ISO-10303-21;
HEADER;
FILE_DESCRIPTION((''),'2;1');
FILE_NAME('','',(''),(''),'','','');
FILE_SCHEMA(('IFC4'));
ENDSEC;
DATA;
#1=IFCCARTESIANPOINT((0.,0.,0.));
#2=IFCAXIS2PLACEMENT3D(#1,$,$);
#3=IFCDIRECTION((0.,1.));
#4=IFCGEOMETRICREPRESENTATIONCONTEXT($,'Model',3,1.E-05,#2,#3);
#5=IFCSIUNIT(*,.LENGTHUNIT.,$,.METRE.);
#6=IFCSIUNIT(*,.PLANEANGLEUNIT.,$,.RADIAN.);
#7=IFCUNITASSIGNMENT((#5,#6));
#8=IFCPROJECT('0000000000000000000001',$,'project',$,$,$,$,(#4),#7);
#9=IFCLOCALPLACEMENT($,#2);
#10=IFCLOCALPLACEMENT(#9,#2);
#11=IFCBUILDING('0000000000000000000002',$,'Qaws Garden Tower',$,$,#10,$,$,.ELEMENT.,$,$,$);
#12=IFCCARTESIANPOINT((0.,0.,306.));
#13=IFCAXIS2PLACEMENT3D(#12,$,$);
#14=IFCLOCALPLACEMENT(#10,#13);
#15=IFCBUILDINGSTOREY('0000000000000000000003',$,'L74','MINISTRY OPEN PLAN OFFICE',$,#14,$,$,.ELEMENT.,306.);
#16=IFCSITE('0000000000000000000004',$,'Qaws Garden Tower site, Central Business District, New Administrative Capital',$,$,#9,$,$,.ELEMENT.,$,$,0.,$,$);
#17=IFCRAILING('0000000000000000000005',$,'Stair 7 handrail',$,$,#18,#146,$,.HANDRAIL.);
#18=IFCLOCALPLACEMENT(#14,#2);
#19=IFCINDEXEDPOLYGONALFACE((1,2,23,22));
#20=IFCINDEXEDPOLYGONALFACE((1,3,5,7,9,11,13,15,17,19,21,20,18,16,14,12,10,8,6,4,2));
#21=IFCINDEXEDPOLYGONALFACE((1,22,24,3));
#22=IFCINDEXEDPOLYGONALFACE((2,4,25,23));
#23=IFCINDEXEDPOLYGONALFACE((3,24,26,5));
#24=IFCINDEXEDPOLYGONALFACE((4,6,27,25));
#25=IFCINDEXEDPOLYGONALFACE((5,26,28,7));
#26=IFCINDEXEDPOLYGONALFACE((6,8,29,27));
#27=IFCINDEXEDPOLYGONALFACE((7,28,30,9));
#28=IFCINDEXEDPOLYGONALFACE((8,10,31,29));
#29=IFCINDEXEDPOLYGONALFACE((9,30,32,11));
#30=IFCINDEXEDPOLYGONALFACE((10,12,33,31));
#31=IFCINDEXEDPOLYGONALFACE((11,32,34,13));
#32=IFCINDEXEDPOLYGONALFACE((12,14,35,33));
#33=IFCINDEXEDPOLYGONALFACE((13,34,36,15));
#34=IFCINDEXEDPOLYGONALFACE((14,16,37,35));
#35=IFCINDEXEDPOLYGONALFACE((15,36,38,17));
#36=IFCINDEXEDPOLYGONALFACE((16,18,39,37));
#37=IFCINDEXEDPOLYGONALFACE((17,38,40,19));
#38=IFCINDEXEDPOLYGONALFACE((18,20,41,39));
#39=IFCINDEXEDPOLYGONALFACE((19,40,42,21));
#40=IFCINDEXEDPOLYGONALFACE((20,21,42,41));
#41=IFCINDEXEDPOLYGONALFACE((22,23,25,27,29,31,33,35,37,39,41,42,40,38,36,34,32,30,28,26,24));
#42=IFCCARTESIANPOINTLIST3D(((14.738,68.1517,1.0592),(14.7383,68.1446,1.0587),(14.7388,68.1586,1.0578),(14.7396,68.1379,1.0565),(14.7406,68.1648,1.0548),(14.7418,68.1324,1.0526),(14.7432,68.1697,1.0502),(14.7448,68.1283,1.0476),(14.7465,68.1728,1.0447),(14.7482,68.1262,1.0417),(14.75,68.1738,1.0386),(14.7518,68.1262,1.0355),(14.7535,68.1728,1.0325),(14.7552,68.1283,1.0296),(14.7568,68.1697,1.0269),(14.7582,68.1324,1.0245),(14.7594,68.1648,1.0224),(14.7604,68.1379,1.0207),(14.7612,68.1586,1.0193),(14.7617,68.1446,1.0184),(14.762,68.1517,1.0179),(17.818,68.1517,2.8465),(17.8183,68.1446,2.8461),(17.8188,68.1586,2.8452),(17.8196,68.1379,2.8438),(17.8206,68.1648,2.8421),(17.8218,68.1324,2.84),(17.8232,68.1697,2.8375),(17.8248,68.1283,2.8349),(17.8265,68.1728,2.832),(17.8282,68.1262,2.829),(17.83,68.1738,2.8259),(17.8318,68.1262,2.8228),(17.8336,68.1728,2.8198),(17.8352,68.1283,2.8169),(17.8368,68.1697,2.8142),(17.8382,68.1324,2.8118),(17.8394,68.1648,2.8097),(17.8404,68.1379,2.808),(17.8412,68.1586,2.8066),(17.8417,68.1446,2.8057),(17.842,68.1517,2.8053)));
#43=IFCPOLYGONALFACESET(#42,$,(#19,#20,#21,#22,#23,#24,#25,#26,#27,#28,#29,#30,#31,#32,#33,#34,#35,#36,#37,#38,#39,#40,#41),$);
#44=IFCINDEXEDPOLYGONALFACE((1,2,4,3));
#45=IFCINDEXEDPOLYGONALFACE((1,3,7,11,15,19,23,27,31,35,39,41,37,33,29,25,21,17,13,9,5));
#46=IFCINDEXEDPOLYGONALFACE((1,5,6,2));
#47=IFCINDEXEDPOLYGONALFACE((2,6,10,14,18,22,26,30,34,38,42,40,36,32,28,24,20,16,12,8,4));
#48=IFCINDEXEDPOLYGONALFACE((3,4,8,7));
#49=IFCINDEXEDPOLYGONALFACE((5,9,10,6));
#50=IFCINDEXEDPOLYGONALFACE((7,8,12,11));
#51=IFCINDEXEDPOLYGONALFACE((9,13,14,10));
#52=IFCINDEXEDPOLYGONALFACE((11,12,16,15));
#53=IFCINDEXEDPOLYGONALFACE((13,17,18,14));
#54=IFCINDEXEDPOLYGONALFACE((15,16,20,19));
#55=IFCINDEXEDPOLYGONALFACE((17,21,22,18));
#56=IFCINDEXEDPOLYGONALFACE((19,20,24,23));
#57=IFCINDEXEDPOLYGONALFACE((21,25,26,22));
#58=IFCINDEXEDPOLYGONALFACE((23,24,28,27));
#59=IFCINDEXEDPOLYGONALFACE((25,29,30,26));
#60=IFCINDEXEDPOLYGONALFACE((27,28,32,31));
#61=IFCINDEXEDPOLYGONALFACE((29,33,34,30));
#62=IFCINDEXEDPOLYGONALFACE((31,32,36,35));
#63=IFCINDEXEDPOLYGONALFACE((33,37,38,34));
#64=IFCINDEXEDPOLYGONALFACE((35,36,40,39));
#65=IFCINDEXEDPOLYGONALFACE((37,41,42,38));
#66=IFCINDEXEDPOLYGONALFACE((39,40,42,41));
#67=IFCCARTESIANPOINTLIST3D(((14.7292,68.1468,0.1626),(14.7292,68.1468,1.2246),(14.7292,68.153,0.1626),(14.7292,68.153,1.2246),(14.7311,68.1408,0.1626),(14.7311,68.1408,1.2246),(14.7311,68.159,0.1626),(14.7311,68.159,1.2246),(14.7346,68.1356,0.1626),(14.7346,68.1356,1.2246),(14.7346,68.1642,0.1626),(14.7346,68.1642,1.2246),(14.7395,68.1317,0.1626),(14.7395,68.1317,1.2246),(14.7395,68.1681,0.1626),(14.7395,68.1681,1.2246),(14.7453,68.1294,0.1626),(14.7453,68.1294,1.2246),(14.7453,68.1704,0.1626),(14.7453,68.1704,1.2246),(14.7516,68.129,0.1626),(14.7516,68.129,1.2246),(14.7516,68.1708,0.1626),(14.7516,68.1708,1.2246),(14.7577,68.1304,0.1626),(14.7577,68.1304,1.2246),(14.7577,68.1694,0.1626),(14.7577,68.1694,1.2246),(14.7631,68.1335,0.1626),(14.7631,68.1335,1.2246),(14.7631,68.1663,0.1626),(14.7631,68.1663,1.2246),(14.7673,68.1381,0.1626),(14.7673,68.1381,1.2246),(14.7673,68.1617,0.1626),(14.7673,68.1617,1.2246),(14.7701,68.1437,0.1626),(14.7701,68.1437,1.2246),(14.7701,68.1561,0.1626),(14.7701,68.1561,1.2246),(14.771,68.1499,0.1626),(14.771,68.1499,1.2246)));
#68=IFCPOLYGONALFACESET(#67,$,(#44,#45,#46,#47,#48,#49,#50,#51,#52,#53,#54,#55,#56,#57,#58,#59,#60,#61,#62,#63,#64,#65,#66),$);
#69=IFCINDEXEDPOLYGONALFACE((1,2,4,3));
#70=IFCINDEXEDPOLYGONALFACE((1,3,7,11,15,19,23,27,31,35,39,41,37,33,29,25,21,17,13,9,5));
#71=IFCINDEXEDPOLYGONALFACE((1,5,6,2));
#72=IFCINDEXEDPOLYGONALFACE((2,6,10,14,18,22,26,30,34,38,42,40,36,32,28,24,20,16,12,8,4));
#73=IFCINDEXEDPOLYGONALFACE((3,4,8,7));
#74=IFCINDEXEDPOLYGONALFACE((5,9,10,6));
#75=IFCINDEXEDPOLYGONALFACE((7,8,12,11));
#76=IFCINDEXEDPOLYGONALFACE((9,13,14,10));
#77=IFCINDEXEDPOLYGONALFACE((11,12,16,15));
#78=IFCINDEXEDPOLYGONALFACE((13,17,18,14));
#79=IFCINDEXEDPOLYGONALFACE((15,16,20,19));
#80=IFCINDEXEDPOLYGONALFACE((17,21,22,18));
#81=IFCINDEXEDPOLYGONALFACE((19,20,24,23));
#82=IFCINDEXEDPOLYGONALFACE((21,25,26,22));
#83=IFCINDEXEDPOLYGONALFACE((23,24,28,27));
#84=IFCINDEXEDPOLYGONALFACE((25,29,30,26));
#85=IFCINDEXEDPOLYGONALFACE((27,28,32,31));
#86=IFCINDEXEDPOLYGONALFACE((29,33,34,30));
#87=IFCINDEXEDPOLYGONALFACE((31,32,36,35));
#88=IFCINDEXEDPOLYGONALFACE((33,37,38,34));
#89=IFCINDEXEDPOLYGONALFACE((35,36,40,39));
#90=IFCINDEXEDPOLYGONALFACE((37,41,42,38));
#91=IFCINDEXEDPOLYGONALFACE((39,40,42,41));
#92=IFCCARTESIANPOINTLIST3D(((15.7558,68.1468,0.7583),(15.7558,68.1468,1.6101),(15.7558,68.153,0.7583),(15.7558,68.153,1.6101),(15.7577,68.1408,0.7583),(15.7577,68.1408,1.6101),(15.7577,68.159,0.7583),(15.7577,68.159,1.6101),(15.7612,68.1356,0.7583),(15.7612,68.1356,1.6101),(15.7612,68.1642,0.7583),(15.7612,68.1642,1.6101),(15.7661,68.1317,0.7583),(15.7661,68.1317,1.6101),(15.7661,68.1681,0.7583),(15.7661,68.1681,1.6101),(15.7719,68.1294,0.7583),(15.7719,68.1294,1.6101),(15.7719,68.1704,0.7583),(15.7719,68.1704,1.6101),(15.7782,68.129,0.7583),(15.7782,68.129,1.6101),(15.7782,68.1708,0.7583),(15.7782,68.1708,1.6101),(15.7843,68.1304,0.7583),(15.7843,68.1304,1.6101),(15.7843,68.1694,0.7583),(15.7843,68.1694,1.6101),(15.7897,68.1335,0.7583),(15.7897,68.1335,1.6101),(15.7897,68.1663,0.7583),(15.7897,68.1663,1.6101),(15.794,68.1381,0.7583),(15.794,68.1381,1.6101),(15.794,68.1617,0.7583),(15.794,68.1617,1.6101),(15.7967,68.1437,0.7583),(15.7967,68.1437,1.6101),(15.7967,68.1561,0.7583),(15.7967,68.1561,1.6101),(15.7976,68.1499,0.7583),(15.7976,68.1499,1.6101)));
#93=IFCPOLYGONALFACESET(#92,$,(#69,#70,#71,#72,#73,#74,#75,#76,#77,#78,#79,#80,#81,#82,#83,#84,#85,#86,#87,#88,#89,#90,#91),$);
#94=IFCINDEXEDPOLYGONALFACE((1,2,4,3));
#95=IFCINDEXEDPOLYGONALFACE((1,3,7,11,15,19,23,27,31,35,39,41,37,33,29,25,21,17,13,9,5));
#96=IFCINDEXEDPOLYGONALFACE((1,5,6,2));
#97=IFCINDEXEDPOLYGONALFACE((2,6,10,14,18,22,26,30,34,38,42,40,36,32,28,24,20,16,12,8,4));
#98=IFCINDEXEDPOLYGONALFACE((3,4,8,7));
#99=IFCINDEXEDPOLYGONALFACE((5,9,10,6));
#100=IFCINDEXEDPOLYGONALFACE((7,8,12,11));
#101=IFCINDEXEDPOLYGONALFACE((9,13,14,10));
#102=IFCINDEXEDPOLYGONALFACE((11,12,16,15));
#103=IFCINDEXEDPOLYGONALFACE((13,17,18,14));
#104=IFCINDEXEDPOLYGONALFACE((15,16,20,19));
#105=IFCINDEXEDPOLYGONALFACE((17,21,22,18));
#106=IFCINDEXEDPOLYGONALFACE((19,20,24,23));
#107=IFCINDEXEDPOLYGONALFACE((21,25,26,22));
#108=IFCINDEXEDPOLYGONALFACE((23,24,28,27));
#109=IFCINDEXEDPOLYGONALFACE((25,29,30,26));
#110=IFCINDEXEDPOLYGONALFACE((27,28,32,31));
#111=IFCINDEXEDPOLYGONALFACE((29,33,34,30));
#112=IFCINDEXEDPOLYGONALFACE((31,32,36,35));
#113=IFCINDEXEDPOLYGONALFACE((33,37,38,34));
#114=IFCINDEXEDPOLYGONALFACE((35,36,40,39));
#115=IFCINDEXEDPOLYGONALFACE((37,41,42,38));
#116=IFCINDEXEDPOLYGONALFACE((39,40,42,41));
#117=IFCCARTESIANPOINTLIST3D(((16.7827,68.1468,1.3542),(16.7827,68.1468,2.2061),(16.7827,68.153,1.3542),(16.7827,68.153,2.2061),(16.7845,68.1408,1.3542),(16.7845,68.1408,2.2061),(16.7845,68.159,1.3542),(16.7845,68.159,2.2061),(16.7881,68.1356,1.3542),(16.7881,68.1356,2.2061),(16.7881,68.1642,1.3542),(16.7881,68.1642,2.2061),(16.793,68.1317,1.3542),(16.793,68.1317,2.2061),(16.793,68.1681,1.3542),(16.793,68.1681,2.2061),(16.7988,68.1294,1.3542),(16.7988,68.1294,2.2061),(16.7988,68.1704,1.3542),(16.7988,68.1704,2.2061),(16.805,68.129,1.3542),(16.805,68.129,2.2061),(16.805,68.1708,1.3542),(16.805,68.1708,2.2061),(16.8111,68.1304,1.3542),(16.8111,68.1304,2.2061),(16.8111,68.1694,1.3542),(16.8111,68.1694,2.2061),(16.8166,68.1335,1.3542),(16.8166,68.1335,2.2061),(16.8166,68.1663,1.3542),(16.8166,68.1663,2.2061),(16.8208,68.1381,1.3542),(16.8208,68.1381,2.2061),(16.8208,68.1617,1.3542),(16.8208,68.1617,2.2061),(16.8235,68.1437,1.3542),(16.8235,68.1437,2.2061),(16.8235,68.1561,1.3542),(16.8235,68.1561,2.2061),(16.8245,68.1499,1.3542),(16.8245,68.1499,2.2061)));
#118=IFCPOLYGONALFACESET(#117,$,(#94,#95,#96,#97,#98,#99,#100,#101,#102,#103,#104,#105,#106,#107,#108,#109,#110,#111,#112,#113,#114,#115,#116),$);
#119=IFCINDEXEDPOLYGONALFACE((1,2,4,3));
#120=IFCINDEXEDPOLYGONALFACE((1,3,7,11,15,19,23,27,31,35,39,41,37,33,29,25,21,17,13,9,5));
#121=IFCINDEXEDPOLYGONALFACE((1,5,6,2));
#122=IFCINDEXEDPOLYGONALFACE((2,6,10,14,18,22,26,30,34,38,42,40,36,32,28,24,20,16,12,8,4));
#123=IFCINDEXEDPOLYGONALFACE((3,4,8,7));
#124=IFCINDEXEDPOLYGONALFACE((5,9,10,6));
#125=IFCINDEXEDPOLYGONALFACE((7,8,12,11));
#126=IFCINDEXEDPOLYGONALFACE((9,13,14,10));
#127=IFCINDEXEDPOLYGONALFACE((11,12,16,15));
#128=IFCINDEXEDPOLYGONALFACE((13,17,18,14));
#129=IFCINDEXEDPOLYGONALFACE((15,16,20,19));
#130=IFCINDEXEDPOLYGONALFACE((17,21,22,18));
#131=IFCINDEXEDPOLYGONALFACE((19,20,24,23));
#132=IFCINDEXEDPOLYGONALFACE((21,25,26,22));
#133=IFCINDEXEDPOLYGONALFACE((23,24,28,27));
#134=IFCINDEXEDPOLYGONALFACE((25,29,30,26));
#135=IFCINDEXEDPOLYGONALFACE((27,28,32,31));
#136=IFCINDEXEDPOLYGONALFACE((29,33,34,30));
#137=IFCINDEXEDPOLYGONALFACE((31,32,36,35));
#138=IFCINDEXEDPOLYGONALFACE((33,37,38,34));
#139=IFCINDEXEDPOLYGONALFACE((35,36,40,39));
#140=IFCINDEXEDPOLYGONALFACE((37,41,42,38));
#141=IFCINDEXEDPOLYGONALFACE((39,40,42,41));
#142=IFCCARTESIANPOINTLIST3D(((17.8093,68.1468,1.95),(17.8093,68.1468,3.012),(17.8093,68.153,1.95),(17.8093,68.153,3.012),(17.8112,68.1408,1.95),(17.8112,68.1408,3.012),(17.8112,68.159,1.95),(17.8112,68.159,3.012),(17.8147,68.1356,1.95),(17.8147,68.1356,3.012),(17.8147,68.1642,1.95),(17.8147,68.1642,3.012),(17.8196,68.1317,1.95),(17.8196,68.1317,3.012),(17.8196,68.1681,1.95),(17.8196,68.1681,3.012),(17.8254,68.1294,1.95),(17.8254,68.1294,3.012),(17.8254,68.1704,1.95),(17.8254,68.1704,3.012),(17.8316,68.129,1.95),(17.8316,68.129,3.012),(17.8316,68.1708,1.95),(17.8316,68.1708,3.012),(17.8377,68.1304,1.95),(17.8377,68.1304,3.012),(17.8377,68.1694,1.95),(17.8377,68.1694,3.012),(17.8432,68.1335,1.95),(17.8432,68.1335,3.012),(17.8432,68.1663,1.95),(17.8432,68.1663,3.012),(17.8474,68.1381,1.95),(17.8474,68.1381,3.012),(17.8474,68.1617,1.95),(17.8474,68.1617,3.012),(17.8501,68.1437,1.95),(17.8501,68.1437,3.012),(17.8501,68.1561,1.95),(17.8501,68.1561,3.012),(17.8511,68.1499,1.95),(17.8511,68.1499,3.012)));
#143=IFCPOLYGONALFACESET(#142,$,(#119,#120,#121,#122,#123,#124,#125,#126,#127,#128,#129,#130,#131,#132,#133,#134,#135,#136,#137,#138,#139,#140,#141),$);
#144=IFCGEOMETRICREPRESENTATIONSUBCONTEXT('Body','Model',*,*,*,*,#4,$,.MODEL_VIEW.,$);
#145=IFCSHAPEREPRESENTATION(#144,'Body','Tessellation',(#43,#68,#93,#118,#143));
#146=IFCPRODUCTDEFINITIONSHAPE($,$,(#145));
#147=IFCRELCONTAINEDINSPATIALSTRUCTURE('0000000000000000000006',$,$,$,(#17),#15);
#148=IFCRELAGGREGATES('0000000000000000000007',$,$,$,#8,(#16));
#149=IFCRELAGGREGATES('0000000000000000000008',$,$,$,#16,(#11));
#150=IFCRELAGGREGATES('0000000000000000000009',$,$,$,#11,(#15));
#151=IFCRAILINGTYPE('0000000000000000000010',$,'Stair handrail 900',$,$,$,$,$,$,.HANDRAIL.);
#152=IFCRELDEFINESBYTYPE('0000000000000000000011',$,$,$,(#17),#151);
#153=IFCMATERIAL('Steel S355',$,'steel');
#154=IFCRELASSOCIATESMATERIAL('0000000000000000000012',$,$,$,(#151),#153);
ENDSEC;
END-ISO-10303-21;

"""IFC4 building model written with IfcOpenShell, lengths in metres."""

from ifc_helpers import new_model, si_unit, direction, frame, origin, origin_2d, place, context, subcontext, project, spatial, circle, extrude, material, type_object, element, save


model = new_model("IFC4")

# Units and contexts
model_context = context("Model", 3, precision=1e-05, world=origin(), true_north=direction((0.0, 1.0)))
body_context = subcontext(model_context, "Body", "Model", "MODEL_VIEW")
ifc_project = project(units=[si_unit("LENGTHUNIT", "METRE"), si_unit("PLANEANGLEUNIT", "RADIAN")], contexts=[model_context])

# Site, building, storey
site_placement = place(None, origin())
site = spatial("IfcSite", under=ifc_project, at=site_placement, Name="Qaws Garden Tower site, Central Business District, New Administrative Capital", CompositionType="ELEMENT", RefElevation=0.0)
building_placement = place(site_placement, origin())
building = spatial("IfcBuilding", under=site, at=building_placement, Name="Qaws Garden Tower", CompositionType="ELEMENT")
storey_placement = place(building_placement, frame((0.0, 0.0, 306.0)))
storey = spatial("IfcBuildingStorey", under=building, at=storey_placement, Name="L74", Description="MINISTRY OPEN PLAN OFFICE", CompositionType="ELEMENT", Elevation=306.0)

# Railing
ifc_material_1 = material(Name="Steel S355", Category="steel")
railing_type = type_object("IfcRailingType", Name="Stair handrail 900", PredefinedType="HANDRAIL", material=ifc_material_1)
railing_1_placement = place(storey_placement, frame((14.75, 68.1499, 0.1626)))
element("IfcRailing", 1, at=railing_1_placement, inside=storey, type_object=railing_type, Name="Stair 7 handrail", PredefinedType="HANDRAIL", context=body_context, shape_type="SweptSolid", body=[
    extrude(circle(Radius=0.0239, at=origin_2d()), frame((0.0, 0.0, 0.876), z_axis=(0.86492, 0.0, 0.501909), x_axis=(0.0, 1.0, 0.0)), (0.0, 0.0, 1.0), 3.561),
    extrude(circle(Radius=0.021, at=origin_2d()), origin(), (0.0, 0.0, 1.0), 1.062),
    extrude(circle(Radius=0.021, at=origin_2d()), frame((1.0266, 0.0, 0.5957)), (0.0, 0.0, 1.0), 0.8518),
    extrude(circle(Radius=0.021, at=origin_2d()), frame((2.0535, 0.0, 1.1917)), (0.0, 0.0, 1.0), 0.8518),
    extrude(circle(Radius=0.021, at=origin_2d()), frame((3.0801, 0.0, 1.7874)), (0.0, 0.0, 1.0), 1.062),
])

save(model, "model.ifc")
